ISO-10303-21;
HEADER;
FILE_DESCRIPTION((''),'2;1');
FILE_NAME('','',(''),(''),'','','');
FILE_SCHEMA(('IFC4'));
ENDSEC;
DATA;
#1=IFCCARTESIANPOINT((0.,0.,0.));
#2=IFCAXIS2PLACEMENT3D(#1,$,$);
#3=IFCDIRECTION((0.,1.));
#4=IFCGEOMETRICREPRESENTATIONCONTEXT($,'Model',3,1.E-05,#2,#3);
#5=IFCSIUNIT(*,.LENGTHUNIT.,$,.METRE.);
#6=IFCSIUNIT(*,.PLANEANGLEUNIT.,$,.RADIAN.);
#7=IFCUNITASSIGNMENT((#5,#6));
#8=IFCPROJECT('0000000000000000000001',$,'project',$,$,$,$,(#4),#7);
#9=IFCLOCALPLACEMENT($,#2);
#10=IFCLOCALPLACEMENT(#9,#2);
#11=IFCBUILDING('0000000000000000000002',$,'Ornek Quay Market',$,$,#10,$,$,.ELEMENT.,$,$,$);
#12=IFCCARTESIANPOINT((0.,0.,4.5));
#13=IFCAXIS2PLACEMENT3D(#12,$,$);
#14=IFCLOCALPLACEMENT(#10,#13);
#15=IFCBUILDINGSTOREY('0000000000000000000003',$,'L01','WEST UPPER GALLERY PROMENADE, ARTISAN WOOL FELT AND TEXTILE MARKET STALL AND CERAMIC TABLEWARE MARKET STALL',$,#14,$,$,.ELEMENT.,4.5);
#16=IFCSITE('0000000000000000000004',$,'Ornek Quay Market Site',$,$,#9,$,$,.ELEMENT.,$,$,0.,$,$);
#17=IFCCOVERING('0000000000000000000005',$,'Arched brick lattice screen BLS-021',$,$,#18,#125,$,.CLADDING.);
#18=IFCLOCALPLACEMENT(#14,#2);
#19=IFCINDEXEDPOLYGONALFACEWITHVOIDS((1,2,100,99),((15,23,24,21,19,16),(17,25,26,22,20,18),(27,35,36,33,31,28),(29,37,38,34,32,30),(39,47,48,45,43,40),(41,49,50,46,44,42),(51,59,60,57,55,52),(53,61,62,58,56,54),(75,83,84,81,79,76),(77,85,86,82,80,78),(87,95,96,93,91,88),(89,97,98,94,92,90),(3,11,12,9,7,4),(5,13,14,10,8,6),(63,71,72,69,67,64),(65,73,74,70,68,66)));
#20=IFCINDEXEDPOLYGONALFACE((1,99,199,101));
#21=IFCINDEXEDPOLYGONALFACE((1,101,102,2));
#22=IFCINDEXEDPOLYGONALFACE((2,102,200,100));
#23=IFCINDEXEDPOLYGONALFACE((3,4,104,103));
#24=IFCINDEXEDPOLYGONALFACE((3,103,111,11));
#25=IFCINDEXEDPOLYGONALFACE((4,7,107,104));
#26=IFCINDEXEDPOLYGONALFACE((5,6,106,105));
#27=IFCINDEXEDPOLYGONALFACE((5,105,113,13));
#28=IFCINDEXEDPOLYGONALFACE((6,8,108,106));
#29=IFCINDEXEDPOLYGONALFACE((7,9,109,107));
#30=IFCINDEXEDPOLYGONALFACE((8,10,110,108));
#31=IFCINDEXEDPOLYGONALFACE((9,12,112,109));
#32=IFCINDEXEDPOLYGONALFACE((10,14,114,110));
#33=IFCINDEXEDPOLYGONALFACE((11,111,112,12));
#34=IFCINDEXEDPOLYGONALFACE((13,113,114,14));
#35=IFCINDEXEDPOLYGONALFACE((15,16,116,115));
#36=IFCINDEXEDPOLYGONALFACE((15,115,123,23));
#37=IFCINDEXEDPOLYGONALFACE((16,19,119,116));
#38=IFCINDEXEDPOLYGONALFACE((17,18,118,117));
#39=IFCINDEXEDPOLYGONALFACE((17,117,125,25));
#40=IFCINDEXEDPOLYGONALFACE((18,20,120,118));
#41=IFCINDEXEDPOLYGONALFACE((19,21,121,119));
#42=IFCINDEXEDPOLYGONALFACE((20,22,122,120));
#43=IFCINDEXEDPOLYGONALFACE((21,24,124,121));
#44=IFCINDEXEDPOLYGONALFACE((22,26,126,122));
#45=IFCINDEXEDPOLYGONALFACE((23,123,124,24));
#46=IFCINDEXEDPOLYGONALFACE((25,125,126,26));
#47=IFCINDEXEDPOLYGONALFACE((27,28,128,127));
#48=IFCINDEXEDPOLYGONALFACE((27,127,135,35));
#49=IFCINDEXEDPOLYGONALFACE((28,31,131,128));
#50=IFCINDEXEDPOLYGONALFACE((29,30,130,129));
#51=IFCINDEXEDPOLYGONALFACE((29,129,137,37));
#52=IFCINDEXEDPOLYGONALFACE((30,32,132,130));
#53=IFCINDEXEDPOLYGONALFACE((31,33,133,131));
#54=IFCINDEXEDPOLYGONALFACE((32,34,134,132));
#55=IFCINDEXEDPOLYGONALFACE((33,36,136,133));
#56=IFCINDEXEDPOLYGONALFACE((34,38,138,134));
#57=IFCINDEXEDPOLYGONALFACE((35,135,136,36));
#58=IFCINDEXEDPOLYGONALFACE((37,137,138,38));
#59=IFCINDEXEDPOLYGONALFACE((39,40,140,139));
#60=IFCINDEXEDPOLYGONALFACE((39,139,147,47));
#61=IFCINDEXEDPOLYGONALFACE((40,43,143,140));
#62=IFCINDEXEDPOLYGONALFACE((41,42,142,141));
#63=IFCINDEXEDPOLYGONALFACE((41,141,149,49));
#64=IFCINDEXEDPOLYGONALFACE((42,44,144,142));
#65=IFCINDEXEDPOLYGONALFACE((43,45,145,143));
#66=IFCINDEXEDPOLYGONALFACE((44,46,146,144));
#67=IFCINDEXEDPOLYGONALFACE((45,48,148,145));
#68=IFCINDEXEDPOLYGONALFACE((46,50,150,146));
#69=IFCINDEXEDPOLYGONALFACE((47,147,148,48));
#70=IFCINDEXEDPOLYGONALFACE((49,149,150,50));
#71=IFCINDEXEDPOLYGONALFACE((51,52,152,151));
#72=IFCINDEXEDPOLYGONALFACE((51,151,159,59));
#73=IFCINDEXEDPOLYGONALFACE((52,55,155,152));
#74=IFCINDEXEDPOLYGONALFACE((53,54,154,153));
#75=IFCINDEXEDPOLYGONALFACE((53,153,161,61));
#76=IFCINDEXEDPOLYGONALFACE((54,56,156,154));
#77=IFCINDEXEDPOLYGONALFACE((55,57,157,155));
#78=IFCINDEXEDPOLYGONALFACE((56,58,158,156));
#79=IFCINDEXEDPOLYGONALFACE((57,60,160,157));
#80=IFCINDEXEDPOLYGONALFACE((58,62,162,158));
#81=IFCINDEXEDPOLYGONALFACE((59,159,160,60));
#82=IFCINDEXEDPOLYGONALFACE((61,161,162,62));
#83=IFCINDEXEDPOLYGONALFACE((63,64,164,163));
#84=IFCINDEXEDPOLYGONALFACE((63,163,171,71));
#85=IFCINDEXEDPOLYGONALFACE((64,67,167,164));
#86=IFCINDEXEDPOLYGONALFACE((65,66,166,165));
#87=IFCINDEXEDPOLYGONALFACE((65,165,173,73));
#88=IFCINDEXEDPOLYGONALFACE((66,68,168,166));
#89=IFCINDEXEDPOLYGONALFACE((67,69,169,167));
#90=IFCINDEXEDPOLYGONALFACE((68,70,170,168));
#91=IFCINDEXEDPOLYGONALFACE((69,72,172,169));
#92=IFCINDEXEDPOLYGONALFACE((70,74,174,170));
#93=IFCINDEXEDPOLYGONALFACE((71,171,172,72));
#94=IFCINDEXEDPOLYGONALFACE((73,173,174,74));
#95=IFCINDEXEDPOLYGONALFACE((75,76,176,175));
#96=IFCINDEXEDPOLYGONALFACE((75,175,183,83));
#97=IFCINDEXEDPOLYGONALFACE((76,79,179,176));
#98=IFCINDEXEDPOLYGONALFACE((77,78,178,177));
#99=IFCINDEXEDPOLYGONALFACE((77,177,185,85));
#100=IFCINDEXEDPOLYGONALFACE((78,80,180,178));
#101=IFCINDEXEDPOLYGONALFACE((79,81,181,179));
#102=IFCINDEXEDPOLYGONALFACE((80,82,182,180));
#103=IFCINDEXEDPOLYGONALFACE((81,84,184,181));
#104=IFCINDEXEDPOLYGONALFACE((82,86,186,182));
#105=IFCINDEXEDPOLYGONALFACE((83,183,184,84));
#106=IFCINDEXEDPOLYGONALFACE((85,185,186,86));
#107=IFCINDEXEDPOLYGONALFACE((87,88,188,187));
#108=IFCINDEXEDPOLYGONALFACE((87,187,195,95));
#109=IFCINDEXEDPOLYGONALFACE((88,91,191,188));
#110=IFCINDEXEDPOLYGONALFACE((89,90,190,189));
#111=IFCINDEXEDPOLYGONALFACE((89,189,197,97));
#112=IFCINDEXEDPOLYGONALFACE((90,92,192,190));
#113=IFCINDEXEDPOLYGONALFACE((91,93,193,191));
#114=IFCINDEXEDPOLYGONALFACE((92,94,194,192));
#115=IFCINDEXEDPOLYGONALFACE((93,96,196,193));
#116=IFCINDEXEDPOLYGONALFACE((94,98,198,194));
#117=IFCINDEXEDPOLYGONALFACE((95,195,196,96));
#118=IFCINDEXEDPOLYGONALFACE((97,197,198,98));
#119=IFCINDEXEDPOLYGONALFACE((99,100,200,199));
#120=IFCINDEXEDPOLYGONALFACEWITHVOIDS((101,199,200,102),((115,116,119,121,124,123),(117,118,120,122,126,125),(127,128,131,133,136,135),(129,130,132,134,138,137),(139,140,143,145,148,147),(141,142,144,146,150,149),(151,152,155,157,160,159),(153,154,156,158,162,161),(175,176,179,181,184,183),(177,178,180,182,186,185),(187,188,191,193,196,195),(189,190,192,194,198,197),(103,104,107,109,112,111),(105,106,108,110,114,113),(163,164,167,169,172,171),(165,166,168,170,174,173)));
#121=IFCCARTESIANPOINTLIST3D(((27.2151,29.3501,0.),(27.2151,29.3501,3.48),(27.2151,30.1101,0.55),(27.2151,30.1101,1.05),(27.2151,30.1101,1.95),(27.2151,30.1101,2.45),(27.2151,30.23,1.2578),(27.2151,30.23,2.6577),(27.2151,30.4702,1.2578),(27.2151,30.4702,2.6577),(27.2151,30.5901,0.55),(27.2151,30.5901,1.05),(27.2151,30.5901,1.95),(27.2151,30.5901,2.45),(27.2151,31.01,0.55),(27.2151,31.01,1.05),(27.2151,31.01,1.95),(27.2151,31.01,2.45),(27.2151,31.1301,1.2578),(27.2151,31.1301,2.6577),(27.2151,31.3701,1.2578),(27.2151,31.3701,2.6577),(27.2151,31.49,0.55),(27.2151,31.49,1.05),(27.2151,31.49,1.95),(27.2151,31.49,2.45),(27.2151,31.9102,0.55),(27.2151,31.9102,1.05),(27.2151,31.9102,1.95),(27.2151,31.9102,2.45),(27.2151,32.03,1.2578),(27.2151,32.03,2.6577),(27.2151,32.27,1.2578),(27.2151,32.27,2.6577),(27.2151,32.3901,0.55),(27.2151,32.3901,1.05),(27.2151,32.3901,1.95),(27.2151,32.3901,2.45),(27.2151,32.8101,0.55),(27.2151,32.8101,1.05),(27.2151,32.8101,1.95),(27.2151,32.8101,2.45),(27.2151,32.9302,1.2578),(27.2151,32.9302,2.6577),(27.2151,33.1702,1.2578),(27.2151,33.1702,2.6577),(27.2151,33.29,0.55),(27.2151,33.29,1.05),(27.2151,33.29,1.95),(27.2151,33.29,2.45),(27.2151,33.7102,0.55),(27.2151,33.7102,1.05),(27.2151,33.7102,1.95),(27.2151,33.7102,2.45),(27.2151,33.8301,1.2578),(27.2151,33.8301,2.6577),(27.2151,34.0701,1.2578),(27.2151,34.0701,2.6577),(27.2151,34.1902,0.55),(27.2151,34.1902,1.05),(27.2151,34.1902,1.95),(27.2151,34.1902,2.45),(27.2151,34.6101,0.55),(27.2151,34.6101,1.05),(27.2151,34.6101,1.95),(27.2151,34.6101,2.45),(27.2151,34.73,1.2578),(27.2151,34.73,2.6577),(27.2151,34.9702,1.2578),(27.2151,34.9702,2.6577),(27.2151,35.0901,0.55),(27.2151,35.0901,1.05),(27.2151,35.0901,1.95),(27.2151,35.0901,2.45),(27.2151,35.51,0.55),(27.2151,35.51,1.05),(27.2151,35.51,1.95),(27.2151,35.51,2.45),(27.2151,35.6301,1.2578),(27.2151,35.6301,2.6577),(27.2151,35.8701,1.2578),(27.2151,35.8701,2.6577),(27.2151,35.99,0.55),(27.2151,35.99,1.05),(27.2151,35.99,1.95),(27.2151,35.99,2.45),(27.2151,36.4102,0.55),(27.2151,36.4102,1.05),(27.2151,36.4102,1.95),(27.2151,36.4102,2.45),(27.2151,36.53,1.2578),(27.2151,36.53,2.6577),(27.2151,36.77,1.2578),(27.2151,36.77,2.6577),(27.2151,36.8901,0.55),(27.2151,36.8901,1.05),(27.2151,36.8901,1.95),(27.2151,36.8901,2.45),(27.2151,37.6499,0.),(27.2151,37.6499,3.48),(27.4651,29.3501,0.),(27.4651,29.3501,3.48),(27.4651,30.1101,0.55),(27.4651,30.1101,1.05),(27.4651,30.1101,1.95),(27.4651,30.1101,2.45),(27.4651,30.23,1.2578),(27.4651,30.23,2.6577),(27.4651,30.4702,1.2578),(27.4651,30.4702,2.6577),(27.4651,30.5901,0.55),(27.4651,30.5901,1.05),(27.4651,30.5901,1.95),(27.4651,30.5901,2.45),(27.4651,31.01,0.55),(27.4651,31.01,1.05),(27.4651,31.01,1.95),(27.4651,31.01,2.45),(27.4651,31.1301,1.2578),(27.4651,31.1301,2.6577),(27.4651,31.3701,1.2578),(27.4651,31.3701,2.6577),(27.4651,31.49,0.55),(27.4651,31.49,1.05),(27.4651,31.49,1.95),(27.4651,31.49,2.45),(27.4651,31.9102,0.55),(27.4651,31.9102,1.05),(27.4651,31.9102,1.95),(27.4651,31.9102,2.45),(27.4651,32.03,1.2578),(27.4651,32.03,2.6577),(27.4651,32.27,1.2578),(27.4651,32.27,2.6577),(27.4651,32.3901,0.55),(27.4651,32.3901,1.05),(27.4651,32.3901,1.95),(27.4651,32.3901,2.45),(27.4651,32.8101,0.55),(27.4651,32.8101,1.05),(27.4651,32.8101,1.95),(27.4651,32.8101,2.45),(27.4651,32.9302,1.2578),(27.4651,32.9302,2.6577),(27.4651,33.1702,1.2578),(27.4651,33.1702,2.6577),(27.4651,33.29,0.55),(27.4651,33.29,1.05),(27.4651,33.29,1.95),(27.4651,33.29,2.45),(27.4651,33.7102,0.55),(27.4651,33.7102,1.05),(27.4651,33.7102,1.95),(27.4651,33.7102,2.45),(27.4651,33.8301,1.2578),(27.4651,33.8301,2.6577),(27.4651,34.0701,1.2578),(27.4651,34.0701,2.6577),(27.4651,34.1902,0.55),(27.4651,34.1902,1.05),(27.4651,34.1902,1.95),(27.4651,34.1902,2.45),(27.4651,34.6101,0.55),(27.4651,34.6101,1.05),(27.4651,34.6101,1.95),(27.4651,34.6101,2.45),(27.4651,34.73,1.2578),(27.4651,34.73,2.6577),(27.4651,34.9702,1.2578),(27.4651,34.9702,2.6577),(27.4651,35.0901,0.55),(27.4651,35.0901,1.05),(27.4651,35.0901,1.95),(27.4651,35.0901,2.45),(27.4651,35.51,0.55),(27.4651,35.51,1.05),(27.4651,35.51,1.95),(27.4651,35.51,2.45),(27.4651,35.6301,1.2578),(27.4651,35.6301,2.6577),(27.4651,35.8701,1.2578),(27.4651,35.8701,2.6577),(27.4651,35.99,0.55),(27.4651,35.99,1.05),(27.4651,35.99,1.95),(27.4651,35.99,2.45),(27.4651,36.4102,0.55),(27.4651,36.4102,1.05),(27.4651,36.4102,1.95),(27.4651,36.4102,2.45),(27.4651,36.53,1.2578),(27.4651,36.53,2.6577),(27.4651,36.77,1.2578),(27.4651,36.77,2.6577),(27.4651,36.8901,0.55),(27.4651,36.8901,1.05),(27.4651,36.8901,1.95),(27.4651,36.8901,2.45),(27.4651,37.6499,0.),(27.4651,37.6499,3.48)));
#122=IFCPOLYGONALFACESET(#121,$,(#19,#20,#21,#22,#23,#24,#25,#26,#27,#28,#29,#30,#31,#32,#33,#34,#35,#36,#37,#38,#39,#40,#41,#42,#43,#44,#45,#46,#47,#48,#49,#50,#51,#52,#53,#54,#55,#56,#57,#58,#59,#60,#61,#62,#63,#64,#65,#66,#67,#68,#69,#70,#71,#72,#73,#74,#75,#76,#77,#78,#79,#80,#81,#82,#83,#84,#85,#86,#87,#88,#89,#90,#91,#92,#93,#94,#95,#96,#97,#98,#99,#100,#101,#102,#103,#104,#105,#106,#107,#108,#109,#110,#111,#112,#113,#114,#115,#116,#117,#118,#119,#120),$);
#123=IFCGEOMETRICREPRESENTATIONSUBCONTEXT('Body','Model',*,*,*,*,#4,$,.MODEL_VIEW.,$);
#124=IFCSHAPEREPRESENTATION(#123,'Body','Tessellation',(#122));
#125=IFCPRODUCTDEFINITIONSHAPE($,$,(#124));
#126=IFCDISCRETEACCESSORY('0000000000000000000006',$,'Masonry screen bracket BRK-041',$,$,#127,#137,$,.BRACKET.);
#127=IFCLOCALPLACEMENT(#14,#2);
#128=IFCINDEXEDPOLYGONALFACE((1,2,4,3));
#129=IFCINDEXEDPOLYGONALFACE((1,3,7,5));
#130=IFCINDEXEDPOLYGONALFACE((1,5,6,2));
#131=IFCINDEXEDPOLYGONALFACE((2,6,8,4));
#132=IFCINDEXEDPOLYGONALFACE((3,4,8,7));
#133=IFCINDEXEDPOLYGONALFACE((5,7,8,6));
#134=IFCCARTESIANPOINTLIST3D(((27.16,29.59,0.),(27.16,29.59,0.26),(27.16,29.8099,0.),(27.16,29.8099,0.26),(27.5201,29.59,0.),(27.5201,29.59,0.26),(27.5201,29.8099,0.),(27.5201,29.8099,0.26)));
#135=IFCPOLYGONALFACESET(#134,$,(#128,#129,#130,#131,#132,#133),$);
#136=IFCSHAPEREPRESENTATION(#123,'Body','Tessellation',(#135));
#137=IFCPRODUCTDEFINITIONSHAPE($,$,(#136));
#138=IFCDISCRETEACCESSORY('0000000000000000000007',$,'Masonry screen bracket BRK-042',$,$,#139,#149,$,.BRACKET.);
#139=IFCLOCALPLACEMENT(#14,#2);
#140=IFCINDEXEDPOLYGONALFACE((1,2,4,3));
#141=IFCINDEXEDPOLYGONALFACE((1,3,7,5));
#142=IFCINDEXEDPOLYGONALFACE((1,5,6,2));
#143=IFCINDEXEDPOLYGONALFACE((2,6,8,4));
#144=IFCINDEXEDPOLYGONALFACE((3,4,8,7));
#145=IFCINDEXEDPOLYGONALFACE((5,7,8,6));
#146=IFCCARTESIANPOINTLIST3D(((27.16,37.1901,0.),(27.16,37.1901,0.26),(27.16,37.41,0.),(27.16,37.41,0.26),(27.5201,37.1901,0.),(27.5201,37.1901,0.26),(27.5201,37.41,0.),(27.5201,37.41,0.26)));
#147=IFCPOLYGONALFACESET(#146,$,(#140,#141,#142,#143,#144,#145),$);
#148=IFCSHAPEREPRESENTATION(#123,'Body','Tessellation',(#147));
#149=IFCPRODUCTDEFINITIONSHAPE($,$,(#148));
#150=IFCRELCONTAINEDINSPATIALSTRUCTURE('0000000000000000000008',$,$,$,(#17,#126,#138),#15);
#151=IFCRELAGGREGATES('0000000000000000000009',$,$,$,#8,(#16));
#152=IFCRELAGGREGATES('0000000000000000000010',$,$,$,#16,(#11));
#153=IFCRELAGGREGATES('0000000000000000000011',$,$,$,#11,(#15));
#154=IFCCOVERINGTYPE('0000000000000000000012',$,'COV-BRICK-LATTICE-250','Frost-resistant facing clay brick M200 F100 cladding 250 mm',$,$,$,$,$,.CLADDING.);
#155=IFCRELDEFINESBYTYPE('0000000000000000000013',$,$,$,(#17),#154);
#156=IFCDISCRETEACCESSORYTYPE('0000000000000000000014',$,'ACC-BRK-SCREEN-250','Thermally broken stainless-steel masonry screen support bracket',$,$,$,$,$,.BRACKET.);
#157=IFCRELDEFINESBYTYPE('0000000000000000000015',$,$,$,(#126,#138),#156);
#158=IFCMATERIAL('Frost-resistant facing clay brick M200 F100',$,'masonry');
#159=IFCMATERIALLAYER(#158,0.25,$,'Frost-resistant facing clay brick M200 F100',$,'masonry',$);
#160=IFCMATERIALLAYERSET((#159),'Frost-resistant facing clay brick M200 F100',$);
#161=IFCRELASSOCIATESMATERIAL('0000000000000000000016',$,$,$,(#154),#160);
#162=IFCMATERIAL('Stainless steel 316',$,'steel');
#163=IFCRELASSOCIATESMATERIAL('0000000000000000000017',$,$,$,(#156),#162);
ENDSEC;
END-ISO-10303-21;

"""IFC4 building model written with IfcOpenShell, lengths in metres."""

from ifc_helpers import new_model, si_unit, direction, frame, origin, origin_2d, place, context, subcontext, project, spatial, polyline, rectangle, outline, extrude, material, layer, layer_set, type_object, element, save


model = new_model("IFC4")

# Units and contexts
model_context = context("Model", 3, precision=1e-05, world=origin(), true_north=direction((0.0, 1.0)))
body_context = subcontext(model_context, "Body", "Model", "MODEL_VIEW")
ifc_project = project(units=[si_unit("LENGTHUNIT", "METRE"), si_unit("PLANEANGLEUNIT", "RADIAN")], contexts=[model_context])

# Site, building, storey
site_placement = place(None, origin())
site = spatial("IfcSite", under=ifc_project, at=site_placement, Name="Ornek Quay Market Site", CompositionType="ELEMENT", RefElevation=0.0)
building_placement = place(site_placement, origin())
building = spatial("IfcBuilding", under=site, at=building_placement, Name="Ornek Quay Market", CompositionType="ELEMENT")
storey_placement = place(building_placement, frame((0.0, 0.0, 4.5)))
storey = spatial("IfcBuildingStorey", under=building, at=storey_placement, Name="L01", Description="WEST UPPER GALLERY PROMENADE, ARTISAN WOOL FELT AND TEXTILE MARKET STALL AND CERAMIC TABLEWARE MARKET STALL", CompositionType="ELEMENT", Elevation=4.5)

# Shared definitions
ifc_material_1 = material(Name="Frost-resistant facing clay brick M200 F100", Category="masonry")

# Covering
ifc_layer_1 = layer(ifc_material_1, 0.25, Name="Frost-resistant facing clay brick M200 F100", Category="masonry")
ifc_layer_set_1 = layer_set([ifc_layer_1], Name="Frost-resistant facing clay brick M200 F100")
covering_type = type_object("IfcCoveringType", Name="COV-BRICK-LATTICE-250", Description="Frost-resistant facing clay brick M200 F100 cladding 250 mm", PredefinedType="CLADDING", material=ifc_layer_set_1)
covering_placement = place(storey_placement, frame((27.3401, 29.3501, 0.0), z_axis=(0.0, 0.0, 1.0), x_axis=(0.0, 1.0, 0.0)))
element("IfcCovering", 1, at=covering_placement, inside=storey, type_object=covering_type, Name="Arched brick lattice screen BLS-021", PredefinedType="CLADDING", context=body_context, shape_type="SweptSolid", body=[
    extrude(outline(polyline([(0.0, 0.0), (8.2998, 0.0), (8.2998, 3.48), (0.0, 3.48), (0.0, 0.0)]), holes=[polyline([(0.76, 0.55), (1.24, 0.55), (1.24, 1.05), (1.1201, 1.2578), (0.8799, 1.2578), (0.76, 1.05), (0.76, 0.55)]), polyline([(0.76, 1.95), (1.24, 1.95), (1.24, 2.45), (1.1201, 2.6577), (0.8799, 2.6577), (0.76, 2.45), (0.76, 1.95)]), polyline([(1.6599, 0.55), (2.1399, 0.55), (2.1399, 1.05), (2.02, 1.2578), (1.78, 1.2578), (1.6599, 1.05), (1.6599, 0.55)]), polyline([(1.6599, 1.95), (2.1399, 1.95), (2.1399, 2.45), (2.02, 2.6577), (1.78, 2.6577), (1.6599, 2.45), (1.6599, 1.95)]), polyline([(2.5601, 0.55), (3.04, 0.55), (3.04, 1.05), (2.9199, 1.2578), (2.6799, 1.2578), (2.5601, 1.05), (2.5601, 0.55)]), polyline([(2.5601, 1.95), (3.04, 1.95), (3.04, 2.45), (2.9199, 2.6577), (2.6799, 2.6577), (2.5601, 2.45), (2.5601, 1.95)]), polyline([(3.46, 0.55), (3.9399, 0.55), (3.9399, 1.05), (3.8201, 1.2578), (3.5801, 1.2578), (3.46, 1.05), (3.46, 0.55)]), polyline([(3.46, 1.95), (3.9399, 1.95), (3.9399, 2.45), (3.8201, 2.6577), (3.5801, 2.6577), (3.46, 2.45), (3.46, 1.95)]), polyline([(4.3601, 0.55), (4.8401, 0.55), (4.8401, 1.05), (4.72, 1.2578), (4.48, 1.2578), (4.3601, 1.05), (4.3601, 0.55)]), polyline([(4.3601, 1.95), (4.8401, 1.95), (4.8401, 2.45), (4.72, 2.6577), (4.48, 2.6577), (4.3601, 2.45), (4.3601, 1.95)]), polyline([(5.26, 0.55), (5.74, 0.55), (5.74, 1.05), (5.6201, 1.2578), (5.3799, 1.2578), (5.26, 1.05), (5.26, 0.55)]), polyline([(5.26, 1.95), (5.74, 1.95), (5.74, 2.45), (5.6201, 2.6577), (5.3799, 2.6577), (5.26, 2.45), (5.26, 1.95)]), polyline([(6.1599, 0.55), (6.6399, 0.55), (6.6399, 1.05), (6.52, 1.2578), (6.28, 1.2578), (6.1599, 1.05), (6.1599, 0.55)]), polyline([(6.1599, 1.95), (6.6399, 1.95), (6.6399, 2.45), (6.52, 2.6577), (6.28, 2.6577), (6.1599, 2.45), (6.1599, 1.95)]), polyline([(7.0601, 0.55), (7.54, 0.55), (7.54, 1.05), (7.4199, 1.2578), (7.1799, 1.2578), (7.0601, 1.05), (7.0601, 0.55)]), polyline([(7.0601, 1.95), (7.54, 1.95), (7.54, 2.45), (7.4199, 2.6577), (7.1799, 2.6577), (7.0601, 2.45), (7.0601, 1.95)])]), frame((0.0, 0.125, 0.0), z_axis=(0.0, -1.0, 0.0), x_axis=(1.0, 0.0, 0.0)), (0.0, 0.0, 1.0), 0.25),
])

# Discrete accessories
ifc_material_2 = material(Name="Stainless steel 316", Category="steel")
discrete_accessory_type = type_object("IfcDiscreteAccessoryType", Name="ACC-BRK-SCREEN-250", Description="Thermally broken stainless-steel masonry screen support bracket", PredefinedType="BRACKET", material=ifc_material_2)
for number, where, z_axis, x_axis, name in (
    (2, (27.3401, 29.7, 0.0), (0.0, 0.0, 1.0), (0.0, 1.0, 0.0), "Masonry screen bracket BRK-041"),
    (3, (27.3401, 37.3, 0.0), (0.0, 0.0, 1.0), (0.0, 1.0, 0.0), "Masonry screen bracket BRK-042"),
):
    element("IfcDiscreteAccessory", number, at=place(storey_placement, frame(where, z_axis=z_axis, x_axis=x_axis)), inside=storey, type_object=discrete_accessory_type, Name=name, PredefinedType="BRACKET", context=body_context, shape_type="SweptSolid", body=[
        extrude(rectangle(XDim=0.22, YDim=0.3601, at=origin_2d()), origin(), (0.0, 0.0, 1.0), 0.26),
    ])

save(model, "model.ifc")
